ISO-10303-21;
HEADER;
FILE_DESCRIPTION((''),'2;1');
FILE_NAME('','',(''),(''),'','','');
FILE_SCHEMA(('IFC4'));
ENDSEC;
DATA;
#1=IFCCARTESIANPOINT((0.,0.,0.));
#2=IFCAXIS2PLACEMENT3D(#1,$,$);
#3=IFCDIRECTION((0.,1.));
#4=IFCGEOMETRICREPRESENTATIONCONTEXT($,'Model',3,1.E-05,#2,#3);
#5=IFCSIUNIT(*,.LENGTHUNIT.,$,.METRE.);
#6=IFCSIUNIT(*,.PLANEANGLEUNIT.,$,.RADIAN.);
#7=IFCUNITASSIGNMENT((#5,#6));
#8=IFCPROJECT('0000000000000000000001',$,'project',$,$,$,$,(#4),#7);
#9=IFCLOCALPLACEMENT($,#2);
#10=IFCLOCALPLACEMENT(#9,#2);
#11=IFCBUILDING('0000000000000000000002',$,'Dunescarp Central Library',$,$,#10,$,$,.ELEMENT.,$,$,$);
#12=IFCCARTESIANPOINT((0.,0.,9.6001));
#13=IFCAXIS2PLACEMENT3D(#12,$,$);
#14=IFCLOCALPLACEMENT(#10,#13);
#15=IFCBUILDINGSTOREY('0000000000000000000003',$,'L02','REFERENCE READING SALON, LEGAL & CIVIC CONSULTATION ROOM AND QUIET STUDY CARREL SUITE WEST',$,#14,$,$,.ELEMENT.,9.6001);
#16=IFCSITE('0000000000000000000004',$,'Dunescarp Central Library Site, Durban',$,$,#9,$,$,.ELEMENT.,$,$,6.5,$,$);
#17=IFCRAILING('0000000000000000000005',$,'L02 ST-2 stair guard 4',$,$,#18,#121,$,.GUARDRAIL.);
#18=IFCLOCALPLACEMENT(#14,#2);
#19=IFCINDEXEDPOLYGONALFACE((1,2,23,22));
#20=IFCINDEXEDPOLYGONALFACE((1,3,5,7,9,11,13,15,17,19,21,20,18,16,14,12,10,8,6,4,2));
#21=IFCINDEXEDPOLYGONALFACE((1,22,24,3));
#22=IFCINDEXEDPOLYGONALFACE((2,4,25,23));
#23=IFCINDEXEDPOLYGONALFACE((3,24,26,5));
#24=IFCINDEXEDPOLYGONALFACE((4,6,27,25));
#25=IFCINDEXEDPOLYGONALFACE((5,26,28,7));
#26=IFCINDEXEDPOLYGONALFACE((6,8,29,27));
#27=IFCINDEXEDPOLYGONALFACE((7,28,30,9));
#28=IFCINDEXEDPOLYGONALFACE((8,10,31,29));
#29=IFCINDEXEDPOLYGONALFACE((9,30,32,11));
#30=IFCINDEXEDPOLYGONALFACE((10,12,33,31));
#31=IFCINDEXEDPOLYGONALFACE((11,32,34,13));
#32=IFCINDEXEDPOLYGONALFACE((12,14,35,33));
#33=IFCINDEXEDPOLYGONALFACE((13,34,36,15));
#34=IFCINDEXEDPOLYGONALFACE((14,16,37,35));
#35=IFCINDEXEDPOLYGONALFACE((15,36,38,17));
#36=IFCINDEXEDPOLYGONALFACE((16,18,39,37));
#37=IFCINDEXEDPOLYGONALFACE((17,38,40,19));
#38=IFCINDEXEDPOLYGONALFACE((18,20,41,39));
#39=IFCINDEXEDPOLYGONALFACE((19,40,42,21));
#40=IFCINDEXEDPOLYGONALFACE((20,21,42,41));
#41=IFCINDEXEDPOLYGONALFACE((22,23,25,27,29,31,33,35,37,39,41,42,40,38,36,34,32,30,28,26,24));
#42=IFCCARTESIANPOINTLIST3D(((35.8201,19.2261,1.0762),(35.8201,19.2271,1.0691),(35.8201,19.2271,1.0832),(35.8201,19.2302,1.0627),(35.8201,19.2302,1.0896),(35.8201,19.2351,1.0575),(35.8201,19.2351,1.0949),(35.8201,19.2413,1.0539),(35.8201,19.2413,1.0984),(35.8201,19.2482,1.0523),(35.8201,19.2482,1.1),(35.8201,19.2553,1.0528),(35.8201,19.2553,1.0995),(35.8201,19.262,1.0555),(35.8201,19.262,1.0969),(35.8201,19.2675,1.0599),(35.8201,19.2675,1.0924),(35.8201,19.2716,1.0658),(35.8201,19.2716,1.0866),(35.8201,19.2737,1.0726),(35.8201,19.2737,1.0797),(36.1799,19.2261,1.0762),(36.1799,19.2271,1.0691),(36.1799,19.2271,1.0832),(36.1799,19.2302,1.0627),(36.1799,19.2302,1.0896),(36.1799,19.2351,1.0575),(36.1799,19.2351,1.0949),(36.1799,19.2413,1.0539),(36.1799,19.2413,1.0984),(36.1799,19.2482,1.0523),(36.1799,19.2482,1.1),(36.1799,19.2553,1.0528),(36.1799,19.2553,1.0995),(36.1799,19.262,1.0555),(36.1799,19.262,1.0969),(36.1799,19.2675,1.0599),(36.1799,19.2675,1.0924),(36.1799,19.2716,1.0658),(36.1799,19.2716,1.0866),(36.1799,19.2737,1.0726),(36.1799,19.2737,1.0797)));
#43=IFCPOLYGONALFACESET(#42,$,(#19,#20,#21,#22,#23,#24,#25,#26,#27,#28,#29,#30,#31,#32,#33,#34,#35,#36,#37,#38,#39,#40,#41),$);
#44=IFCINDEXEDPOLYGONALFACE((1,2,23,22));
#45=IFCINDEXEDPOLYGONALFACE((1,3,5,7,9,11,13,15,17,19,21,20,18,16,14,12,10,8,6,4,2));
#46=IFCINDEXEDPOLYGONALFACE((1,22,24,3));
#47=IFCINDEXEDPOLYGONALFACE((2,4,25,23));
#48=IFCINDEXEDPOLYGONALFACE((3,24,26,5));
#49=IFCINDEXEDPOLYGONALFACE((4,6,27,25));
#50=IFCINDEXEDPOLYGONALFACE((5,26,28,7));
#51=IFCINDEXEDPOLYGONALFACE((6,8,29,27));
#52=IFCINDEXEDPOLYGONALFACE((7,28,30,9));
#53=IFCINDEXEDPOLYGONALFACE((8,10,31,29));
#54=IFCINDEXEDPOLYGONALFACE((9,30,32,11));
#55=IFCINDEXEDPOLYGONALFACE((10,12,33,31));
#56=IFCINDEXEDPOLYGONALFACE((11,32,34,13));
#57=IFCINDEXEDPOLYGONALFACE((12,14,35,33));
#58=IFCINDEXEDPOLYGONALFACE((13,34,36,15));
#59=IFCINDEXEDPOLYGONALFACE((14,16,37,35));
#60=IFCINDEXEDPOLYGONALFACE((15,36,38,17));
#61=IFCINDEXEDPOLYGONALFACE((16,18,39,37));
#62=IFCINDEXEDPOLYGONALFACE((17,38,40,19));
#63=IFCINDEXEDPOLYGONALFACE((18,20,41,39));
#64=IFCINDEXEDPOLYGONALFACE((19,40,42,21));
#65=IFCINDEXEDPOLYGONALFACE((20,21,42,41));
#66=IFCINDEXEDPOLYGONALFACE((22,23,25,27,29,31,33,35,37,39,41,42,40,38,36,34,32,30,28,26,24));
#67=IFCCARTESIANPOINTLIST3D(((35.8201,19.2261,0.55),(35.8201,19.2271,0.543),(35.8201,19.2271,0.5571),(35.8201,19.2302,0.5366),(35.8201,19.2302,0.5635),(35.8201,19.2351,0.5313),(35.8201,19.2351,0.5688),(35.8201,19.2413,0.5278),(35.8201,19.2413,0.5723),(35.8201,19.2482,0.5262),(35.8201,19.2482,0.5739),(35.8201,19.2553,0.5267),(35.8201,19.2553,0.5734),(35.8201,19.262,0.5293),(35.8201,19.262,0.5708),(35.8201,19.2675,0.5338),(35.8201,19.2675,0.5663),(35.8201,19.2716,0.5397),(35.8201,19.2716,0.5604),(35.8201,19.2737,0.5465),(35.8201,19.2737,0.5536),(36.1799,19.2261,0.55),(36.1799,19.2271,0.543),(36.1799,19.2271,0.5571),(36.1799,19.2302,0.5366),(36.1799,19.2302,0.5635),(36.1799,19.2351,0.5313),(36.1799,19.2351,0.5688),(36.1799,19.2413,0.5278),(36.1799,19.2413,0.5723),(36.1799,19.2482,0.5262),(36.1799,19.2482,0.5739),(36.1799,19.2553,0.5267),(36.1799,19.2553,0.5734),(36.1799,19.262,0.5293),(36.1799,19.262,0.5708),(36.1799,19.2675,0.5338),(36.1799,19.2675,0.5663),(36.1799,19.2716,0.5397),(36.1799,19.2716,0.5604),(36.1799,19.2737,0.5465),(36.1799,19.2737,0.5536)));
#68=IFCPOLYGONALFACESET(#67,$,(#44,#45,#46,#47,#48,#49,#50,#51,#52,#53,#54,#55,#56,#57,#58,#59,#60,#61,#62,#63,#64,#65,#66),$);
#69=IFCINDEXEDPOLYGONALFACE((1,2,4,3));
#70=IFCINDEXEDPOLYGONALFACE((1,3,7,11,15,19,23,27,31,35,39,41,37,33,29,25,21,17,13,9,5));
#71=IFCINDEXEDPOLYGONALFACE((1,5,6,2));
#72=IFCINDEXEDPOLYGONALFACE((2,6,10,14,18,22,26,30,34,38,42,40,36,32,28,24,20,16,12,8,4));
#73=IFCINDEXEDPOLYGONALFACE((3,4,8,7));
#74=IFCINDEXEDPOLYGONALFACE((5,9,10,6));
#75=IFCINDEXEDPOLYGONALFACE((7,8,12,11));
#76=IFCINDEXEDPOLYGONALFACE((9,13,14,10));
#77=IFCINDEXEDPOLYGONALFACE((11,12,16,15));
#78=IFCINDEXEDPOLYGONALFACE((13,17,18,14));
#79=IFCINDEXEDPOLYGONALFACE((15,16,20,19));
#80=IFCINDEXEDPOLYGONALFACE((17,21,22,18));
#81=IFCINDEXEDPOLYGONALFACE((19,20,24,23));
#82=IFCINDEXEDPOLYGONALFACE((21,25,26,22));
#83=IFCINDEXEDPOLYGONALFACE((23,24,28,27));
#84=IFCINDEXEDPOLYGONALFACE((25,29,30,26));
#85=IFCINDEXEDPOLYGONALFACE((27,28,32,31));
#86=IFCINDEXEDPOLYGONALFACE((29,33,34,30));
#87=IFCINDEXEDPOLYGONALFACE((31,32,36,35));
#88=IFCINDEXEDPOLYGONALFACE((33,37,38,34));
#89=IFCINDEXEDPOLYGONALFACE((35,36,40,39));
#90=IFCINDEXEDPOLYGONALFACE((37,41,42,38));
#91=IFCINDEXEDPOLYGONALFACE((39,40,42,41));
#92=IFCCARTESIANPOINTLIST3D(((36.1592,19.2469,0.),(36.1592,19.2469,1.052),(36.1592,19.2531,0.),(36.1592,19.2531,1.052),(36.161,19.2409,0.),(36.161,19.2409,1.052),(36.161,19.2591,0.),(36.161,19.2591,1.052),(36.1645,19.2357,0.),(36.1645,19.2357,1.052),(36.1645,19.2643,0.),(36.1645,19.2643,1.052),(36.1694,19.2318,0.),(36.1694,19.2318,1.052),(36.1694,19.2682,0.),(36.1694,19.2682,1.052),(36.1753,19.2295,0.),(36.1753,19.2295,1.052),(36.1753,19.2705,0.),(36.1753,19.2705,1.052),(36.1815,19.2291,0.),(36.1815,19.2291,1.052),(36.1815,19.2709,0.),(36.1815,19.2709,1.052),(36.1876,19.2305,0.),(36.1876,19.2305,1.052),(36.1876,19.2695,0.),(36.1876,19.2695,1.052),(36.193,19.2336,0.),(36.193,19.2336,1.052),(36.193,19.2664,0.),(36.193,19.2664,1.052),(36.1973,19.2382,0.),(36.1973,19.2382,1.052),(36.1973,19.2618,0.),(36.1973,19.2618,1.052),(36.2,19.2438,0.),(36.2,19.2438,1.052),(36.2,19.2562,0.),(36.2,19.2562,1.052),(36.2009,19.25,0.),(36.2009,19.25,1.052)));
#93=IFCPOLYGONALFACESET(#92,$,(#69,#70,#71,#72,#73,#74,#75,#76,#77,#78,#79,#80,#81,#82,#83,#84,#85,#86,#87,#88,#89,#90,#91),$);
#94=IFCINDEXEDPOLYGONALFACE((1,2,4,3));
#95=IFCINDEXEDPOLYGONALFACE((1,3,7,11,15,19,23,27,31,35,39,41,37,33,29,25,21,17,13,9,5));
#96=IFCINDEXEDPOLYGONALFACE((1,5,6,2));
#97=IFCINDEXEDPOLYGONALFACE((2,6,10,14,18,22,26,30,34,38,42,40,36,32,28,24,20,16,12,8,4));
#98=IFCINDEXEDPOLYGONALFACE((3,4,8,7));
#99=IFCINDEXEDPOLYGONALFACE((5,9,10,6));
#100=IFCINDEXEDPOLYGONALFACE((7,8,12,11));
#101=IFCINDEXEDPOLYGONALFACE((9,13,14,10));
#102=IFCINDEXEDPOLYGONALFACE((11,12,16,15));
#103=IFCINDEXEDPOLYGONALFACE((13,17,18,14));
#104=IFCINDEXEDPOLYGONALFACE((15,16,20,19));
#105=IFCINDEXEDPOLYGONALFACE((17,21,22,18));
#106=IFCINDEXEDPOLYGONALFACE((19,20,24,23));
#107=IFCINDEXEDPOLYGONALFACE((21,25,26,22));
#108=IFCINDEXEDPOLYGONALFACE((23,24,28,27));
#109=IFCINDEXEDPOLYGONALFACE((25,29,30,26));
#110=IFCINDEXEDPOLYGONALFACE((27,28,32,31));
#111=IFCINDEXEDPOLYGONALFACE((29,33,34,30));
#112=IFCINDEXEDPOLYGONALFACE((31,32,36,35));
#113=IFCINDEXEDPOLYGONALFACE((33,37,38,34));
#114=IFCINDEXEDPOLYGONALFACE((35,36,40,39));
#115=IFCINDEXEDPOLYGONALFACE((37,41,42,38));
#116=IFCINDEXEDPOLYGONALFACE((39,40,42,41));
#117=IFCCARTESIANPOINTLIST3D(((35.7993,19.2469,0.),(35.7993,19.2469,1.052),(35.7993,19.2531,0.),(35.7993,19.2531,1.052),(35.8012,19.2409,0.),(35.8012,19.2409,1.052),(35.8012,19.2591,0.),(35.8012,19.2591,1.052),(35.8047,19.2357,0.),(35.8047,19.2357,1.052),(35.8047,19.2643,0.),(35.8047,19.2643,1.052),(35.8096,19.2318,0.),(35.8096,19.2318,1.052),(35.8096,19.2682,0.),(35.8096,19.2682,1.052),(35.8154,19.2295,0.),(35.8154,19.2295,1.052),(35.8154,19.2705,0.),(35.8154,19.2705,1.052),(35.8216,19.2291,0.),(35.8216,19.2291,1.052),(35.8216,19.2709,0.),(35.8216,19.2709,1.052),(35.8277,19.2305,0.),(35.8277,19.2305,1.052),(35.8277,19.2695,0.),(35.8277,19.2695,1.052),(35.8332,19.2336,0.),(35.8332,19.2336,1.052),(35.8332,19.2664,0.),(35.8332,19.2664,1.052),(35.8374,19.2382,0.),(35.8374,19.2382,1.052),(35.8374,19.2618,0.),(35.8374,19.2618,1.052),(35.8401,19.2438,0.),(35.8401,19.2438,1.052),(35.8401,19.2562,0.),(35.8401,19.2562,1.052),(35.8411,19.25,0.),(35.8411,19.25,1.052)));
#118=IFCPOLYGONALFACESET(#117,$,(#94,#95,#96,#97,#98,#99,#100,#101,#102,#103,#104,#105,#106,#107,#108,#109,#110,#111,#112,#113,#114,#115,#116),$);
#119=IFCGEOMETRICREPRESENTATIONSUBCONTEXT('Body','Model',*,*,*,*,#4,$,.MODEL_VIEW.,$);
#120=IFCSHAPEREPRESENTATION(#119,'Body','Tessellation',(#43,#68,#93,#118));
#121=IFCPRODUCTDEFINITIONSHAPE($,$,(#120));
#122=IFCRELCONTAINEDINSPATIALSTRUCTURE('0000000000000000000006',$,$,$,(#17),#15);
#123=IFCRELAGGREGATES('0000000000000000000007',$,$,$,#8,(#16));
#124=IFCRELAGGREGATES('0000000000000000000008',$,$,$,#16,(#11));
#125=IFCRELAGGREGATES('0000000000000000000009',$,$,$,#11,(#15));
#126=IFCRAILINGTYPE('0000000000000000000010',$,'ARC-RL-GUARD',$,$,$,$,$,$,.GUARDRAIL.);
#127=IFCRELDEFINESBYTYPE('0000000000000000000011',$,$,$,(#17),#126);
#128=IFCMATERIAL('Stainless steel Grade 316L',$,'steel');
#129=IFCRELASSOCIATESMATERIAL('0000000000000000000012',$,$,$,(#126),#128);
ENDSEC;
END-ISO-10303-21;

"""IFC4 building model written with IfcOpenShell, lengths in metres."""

from ifc_helpers import new_model, si_unit, direction, frame, origin, origin_2d, place, context, subcontext, project, spatial, circle, extrude, material, type_object, element, save


model = new_model("IFC4")

# Units and contexts
model_context = context("Model", 3, precision=1e-05, world=origin(), true_north=direction((0.0, 1.0)))
body_context = subcontext(model_context, "Body", "Model", "MODEL_VIEW")
ifc_project = project(units=[si_unit("LENGTHUNIT", "METRE"), si_unit("PLANEANGLEUNIT", "RADIAN")], contexts=[model_context])

# Site, building, storey
site_placement = place(None, origin())
site = spatial("IfcSite", under=ifc_project, at=site_placement, Name="Dunescarp Central Library Site, Durban", CompositionType="ELEMENT", RefElevation=6.5)
building_placement = place(site_placement, origin())
building = spatial("IfcBuilding", under=site, at=building_placement, Name="Dunescarp Central Library", CompositionType="ELEMENT")
storey_placement = place(building_placement, frame((0.0, 0.0, 9.6001)))
storey = spatial("IfcBuildingStorey", under=building, at=storey_placement, Name="L02", Description="REFERENCE READING SALON, LEGAL & CIVIC CONSULTATION ROOM AND QUIET STUDY CARREL SUITE WEST", CompositionType="ELEMENT", Elevation=9.6001)

# Railing
ifc_material_1 = material(Name="Stainless steel Grade 316L", Category="steel")
railing_type_1 = type_object("IfcRailingType", Name="ARC-RL-GUARD", PredefinedType="GUARDRAIL", material=ifc_material_1)
railing_1_placement = place(storey_placement, frame((36.1799, 19.25, 0.0)))
element("IfcRailing", 1, at=railing_1_placement, inside=storey, type_object=railing_type_1, Name="L02 ST-2 stair guard 4", PredefinedType="GUARDRAIL", context=body_context, shape_type="SweptSolid", body=[
    extrude(circle(Radius=0.0239, at=origin_2d()), frame((0.0, 0.0, 1.0762), z_axis=(-1.0, 0.0, 0.0), x_axis=(0.0, -1.0, 0.0)), (0.0, 0.0, 1.0), 0.3599),
    extrude(circle(Radius=0.0239, at=origin_2d()), frame((0.0, 0.0, 0.55), z_axis=(-1.0, 0.0, 0.0), x_axis=(0.0, -1.0, 0.0)), (0.0, 0.0, 1.0), 0.3599),
    extrude(circle(Radius=0.021, at=origin_2d()), origin(), (0.0, 0.0, 1.0), 1.052),
    extrude(circle(Radius=0.021, at=origin_2d()), frame((-0.3599, 0.0, 0.0)), (0.0, 0.0, 1.0), 1.052),
])

save(model, "model.ifc")
